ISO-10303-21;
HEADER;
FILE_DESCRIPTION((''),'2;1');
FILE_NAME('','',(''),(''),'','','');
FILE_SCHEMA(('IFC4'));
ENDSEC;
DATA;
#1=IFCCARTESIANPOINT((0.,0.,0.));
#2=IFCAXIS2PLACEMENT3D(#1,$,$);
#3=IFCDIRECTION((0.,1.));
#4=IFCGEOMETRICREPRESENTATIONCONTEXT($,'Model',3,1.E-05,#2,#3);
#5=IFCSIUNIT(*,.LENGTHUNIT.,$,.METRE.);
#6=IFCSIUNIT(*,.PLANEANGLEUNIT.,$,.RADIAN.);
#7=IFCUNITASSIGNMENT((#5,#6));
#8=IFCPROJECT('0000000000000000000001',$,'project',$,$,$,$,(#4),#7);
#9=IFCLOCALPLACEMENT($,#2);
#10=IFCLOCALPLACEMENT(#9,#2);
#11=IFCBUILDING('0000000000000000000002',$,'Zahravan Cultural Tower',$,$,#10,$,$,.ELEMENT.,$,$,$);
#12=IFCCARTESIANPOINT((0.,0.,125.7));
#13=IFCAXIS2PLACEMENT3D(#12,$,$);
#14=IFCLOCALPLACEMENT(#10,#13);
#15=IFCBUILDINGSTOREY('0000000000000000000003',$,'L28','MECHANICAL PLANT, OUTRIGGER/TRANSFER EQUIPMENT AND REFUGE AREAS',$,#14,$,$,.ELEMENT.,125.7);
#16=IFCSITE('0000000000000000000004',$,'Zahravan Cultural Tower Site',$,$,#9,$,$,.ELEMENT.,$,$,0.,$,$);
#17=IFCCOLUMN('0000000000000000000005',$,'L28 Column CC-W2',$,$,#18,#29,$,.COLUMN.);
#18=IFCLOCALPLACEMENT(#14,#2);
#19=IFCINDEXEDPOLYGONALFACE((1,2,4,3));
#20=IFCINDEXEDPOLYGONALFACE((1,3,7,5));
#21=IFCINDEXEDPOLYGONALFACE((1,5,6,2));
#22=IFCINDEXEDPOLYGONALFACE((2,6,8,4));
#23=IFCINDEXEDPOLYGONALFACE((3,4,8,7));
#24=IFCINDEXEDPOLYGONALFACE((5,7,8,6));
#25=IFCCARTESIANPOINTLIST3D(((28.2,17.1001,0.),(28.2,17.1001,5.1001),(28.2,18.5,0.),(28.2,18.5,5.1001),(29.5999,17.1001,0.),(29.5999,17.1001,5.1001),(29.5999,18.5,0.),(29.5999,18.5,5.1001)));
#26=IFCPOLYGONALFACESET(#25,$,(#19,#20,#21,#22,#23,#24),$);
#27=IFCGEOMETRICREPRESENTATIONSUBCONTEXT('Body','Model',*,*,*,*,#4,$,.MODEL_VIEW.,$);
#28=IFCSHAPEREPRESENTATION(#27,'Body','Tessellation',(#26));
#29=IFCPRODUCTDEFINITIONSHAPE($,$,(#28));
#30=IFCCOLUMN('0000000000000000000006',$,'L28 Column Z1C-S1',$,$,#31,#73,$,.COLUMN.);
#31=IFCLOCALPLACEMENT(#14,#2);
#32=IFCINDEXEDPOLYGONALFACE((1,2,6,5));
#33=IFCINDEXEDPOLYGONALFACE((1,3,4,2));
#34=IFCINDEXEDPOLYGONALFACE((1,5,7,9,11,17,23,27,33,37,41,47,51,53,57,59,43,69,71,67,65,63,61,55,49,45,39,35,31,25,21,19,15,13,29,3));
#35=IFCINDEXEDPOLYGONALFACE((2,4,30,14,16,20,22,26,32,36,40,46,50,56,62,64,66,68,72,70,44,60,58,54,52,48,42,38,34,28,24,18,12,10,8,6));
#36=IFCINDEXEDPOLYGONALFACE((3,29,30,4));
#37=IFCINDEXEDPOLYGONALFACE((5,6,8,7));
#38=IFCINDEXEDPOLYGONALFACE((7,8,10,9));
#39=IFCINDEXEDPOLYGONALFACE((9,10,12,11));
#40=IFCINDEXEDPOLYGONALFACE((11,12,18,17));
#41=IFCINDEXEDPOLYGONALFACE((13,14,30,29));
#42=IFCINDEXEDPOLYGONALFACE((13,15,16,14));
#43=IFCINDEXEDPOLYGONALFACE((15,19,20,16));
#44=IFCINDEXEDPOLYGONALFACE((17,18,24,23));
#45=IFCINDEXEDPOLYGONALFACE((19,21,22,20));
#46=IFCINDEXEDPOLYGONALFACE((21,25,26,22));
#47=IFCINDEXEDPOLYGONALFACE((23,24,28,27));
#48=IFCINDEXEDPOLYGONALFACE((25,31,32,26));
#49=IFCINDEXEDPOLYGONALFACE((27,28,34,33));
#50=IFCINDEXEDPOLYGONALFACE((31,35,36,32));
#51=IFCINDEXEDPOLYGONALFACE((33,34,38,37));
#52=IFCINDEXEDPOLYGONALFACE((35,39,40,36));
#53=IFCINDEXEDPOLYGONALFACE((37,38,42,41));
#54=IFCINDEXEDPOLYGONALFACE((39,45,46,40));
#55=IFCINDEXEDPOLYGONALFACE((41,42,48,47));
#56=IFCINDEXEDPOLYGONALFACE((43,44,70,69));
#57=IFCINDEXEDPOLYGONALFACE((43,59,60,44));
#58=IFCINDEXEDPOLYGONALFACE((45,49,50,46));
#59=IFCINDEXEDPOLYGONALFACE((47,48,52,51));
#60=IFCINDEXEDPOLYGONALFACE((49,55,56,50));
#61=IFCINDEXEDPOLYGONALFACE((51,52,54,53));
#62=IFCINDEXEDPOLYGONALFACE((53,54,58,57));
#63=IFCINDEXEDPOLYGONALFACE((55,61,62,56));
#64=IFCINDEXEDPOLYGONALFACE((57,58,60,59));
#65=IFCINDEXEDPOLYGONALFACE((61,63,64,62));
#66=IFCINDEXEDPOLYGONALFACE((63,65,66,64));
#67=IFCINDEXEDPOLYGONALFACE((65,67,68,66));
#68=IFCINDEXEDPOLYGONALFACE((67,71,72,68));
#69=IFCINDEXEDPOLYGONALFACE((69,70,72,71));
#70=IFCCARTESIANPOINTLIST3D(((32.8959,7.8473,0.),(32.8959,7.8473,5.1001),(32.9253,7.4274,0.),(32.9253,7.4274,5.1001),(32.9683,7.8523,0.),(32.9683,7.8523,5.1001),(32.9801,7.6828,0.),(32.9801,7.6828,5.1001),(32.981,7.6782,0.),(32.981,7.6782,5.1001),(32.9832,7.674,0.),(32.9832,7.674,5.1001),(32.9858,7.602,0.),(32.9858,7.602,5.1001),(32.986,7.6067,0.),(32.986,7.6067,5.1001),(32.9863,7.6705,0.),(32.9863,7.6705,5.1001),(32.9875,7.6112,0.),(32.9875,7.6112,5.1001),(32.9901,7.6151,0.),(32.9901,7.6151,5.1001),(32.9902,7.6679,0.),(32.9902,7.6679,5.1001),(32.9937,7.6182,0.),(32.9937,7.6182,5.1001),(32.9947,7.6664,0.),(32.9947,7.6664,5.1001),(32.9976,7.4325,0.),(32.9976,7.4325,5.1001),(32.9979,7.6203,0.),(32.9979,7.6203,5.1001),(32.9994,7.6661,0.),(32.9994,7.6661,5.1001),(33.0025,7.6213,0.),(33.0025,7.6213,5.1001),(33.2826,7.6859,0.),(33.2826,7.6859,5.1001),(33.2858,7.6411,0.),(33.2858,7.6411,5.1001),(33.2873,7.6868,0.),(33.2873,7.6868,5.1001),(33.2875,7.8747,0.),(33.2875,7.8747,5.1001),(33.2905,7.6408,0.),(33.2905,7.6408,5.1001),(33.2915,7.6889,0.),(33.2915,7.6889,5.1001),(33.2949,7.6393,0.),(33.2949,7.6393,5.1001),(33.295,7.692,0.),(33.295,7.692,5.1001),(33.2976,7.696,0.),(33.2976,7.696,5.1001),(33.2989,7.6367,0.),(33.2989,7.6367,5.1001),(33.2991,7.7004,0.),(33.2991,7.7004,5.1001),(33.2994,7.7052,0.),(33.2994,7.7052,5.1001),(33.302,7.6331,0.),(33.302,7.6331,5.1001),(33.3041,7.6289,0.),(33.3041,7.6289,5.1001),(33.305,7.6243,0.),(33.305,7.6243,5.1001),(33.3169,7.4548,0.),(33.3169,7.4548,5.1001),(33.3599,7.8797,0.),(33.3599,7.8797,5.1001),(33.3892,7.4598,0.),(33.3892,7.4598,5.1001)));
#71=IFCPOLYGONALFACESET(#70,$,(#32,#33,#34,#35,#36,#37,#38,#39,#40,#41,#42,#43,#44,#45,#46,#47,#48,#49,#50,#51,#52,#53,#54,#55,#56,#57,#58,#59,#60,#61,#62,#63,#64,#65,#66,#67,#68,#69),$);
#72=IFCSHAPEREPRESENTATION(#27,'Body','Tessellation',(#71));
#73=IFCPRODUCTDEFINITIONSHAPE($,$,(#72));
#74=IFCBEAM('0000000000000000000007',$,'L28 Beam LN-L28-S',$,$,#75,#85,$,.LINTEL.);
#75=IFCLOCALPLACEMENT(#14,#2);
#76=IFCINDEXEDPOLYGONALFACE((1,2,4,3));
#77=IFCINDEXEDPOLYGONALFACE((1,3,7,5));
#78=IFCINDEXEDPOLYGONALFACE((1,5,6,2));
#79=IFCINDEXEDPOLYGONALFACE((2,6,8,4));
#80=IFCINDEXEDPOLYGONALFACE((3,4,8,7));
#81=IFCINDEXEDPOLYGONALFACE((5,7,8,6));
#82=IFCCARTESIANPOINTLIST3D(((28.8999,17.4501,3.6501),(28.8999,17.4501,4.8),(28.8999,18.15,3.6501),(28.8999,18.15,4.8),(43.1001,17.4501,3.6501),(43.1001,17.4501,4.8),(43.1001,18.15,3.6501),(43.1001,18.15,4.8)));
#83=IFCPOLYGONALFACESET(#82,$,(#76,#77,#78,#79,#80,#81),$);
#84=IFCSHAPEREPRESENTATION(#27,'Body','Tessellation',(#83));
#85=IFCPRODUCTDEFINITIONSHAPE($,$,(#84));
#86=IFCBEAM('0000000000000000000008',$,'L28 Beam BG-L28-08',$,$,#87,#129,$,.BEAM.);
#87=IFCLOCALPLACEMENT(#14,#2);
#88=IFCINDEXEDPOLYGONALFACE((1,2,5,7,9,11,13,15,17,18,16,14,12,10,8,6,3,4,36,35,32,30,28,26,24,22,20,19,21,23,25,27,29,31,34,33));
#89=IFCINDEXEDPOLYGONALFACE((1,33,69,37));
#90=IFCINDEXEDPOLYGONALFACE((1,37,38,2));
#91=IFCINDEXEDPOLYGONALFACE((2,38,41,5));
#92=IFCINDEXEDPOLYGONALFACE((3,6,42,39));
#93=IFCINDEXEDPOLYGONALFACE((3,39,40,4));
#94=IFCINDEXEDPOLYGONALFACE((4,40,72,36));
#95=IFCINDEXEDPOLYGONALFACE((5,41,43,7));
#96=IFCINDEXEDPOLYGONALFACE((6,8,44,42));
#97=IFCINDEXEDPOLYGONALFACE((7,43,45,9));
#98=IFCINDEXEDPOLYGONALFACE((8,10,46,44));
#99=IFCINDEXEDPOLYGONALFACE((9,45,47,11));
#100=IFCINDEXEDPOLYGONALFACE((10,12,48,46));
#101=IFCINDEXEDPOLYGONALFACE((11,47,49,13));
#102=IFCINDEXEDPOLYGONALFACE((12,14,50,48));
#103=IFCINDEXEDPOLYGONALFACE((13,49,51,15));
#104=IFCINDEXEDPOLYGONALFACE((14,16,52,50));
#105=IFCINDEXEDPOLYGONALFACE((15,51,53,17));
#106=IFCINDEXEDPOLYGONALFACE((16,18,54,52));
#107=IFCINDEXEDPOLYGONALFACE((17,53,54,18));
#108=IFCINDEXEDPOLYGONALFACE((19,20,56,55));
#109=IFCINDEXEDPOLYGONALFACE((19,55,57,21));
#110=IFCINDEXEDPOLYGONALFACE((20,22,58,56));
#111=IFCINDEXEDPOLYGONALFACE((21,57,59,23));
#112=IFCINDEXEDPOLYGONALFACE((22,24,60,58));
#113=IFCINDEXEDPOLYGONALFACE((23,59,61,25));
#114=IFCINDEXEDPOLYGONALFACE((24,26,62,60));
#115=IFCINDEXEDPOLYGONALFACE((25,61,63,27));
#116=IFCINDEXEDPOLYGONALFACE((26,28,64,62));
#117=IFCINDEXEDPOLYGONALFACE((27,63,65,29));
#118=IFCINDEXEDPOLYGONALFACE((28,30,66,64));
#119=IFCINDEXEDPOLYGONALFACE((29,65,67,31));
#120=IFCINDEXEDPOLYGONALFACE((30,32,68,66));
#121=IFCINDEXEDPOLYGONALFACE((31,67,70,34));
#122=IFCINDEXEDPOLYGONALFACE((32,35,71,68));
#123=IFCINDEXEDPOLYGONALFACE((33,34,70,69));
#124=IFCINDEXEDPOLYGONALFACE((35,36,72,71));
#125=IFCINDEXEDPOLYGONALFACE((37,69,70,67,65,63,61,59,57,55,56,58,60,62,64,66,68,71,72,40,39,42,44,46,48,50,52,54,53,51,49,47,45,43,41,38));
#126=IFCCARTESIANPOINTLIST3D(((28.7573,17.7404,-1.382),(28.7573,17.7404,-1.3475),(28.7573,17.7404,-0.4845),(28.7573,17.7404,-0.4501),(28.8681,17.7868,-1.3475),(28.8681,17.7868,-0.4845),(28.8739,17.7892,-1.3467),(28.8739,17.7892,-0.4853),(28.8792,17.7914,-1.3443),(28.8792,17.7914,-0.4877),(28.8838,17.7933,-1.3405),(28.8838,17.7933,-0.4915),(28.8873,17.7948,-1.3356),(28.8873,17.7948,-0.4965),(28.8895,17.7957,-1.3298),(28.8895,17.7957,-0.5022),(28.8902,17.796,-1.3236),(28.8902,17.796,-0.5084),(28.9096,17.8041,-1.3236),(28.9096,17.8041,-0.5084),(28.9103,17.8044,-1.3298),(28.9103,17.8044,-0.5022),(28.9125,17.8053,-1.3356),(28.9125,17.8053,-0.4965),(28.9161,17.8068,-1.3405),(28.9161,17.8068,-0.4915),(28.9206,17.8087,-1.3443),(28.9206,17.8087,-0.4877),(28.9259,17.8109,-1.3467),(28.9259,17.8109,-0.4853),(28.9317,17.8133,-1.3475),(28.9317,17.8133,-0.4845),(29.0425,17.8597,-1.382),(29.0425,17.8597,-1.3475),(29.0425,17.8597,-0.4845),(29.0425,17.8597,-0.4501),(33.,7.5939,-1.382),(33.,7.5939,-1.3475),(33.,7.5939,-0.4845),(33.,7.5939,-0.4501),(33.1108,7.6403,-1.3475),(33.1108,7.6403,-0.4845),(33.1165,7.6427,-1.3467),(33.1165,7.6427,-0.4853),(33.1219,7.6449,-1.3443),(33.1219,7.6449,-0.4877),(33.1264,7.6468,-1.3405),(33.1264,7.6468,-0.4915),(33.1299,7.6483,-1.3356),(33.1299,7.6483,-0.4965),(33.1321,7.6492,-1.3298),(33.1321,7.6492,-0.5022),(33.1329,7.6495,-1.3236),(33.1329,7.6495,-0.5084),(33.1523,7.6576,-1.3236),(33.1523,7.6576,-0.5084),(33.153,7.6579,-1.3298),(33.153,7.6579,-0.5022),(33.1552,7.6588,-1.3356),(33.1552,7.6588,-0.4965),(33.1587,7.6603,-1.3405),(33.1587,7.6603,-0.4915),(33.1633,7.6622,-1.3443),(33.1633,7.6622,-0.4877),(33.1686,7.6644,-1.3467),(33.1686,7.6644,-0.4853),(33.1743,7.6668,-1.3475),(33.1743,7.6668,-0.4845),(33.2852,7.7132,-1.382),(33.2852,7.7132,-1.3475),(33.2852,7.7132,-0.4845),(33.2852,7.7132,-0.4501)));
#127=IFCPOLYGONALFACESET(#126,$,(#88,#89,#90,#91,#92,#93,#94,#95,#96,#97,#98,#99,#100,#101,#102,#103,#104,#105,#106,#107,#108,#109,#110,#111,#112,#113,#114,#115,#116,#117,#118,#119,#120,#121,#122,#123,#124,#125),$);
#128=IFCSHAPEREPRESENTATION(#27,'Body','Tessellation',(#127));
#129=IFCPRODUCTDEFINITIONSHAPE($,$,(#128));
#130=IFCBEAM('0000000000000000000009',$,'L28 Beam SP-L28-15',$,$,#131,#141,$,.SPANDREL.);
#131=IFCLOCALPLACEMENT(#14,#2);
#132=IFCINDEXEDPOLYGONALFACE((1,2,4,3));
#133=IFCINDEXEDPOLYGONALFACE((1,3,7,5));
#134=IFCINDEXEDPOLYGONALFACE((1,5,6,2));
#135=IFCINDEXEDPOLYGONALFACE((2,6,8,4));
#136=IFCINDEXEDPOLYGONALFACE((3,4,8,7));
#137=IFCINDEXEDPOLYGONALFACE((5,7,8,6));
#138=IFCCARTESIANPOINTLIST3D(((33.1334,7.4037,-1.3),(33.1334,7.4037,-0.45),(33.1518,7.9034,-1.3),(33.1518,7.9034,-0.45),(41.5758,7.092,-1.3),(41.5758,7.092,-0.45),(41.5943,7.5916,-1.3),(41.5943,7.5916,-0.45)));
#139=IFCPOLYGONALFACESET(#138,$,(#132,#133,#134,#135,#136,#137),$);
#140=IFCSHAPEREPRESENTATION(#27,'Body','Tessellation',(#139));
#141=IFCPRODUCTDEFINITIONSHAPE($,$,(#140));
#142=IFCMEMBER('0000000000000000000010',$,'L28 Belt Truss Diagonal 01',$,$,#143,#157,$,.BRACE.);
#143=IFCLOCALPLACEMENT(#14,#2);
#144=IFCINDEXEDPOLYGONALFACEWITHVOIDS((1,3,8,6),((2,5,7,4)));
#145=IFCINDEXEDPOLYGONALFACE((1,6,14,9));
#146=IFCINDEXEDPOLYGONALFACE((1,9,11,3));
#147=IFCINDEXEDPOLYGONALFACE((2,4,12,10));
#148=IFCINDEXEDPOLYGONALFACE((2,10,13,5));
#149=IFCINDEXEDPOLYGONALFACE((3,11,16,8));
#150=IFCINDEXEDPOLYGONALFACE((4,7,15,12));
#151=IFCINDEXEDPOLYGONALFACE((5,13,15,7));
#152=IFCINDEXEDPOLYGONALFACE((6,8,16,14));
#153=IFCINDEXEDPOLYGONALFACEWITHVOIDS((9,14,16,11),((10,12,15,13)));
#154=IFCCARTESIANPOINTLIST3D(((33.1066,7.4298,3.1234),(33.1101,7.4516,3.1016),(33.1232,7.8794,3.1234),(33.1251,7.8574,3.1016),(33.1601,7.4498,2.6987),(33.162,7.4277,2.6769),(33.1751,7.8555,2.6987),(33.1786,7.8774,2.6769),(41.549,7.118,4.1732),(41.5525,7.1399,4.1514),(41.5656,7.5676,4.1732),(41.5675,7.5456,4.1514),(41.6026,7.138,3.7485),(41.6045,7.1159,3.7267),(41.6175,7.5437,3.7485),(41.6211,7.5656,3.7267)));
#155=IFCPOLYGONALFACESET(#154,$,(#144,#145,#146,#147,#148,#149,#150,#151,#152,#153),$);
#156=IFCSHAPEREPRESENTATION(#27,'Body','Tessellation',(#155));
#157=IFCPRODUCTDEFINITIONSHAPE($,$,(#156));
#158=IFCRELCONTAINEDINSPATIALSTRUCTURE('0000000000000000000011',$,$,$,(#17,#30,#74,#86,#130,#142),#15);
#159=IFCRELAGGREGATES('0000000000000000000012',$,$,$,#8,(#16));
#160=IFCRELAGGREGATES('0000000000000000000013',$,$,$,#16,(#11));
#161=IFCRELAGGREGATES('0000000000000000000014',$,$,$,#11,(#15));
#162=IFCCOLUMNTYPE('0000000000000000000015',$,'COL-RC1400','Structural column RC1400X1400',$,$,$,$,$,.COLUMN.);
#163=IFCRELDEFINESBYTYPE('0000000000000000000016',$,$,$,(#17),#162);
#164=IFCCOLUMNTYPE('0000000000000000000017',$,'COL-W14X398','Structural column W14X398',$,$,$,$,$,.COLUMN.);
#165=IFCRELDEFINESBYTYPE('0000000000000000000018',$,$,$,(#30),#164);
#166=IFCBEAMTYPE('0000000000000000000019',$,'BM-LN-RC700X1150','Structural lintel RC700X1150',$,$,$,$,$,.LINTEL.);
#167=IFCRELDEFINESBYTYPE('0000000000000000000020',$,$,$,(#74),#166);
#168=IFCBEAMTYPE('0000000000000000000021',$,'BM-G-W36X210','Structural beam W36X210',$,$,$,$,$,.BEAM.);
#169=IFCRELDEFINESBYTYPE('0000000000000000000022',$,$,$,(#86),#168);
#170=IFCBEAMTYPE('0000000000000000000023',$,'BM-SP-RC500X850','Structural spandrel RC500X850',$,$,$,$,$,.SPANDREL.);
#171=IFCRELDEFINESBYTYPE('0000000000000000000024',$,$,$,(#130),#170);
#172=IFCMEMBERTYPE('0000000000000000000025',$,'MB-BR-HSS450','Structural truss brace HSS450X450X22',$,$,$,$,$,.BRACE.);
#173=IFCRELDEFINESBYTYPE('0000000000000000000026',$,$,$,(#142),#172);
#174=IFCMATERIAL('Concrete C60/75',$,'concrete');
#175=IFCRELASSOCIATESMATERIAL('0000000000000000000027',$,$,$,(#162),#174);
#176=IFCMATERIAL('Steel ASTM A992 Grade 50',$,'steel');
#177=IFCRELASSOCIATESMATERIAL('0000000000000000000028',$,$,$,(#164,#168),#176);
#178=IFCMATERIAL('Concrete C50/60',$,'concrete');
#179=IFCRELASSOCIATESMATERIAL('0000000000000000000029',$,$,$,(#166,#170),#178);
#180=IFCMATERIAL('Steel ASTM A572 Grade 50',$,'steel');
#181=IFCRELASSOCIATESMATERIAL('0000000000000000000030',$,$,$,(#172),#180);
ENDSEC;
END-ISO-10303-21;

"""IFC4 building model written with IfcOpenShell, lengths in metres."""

from ifc_helpers import new_model, si_unit, direction, frame, origin, origin_2d, place, context, subcontext, project, spatial, rectangle, hollow_rectangle, i_section, extrude, source, transform, mapped, material, material_profile, profile_set, type_object, element, save


model = new_model("IFC4")

# Units and contexts
model_context = context("Model", 3, precision=1e-05, world=origin(), true_north=direction((0.0, 1.0)))
body_context = subcontext(model_context, "Body", "Model", "MODEL_VIEW")
ifc_project = project(units=[si_unit("LENGTHUNIT", "METRE"), si_unit("PLANEANGLEUNIT", "RADIAN")], contexts=[model_context])

# Site, building, storey
site_placement = place(None, origin())
site = spatial("IfcSite", under=ifc_project, at=site_placement, Name="Zahravan Cultural Tower Site", CompositionType="ELEMENT", RefElevation=0.0)
building_placement = place(site_placement, origin())
building = spatial("IfcBuilding", under=site, at=building_placement, Name="Zahravan Cultural Tower", CompositionType="ELEMENT")
storey_placement = place(building_placement, frame((0.0, 0.0, 125.7)))
storey = spatial("IfcBuildingStorey", under=building, at=storey_placement, Name="L28", Description="MECHANICAL PLANT, OUTRIGGER/TRANSFER EQUIPMENT AND REFUGE AREAS", CompositionType="ELEMENT", Elevation=125.7)

# Columns
ifc_material_1 = material(Name="Concrete C60/75", Category="concrete")
ifc_material_profile_1 = material_profile(ifc_material_1, rectangle(XDim=1.3999, YDim=1.3999, at=origin_2d()), Name="RC1400X1400")
ifc_profile_set_1 = profile_set([ifc_material_profile_1], Name="Concrete C60/75")
column_type_1 = type_object("IfcColumnType", Name="COL-RC1400", Description="Structural column RC1400X1400", PredefinedType="COLUMN", material=ifc_profile_set_1)
shared_shape_1 = source(origin(), body_context, "Body", "SweptSolid", [
    extrude(rectangle(XDim=1.3999, YDim=1.3999, at=origin_2d()), origin(), (0.0, 0.0, 1.0), 5.1001),
])
column_1_placement = place(storey_placement, frame((28.8999, 17.8, 0.0), z_axis=(0.0, 0.0, 1.0), x_axis=(1.0, 0.0, 0.0)))
element("IfcColumn", 1, at=column_1_placement, inside=storey, type_object=column_type_1, Name="L28 Column CC-W2", PredefinedType="COLUMN", context=body_context, shape_type="MappedRepresentation", body=[
    mapped(shared_shape_1, transform((0.0, 0.0, 0.0), x_axis=(1.0, 0.0, 0.0), y_axis=(0.0, 1.0, 0.0), z_axis=(0.0, 0.0, 1.0), scale=1.0)),
])
ifc_material_2 = material(Name="Steel ASTM A992 Grade 50", Category="steel")
ifc_material_profile_2 = material_profile(ifc_material_2, i_section(OverallWidth=0.4209, OverallDepth=0.4651, WebThickness=0.0449, FlangeThickness=0.0725, FilletRadius=0.0181, at=origin_2d()), Name="W14X398")
ifc_profile_set_2 = profile_set([ifc_material_profile_2], Name="Steel ASTM A992 Grade 50")
column_type_2 = type_object("IfcColumnType", Name="COL-W14X398", Description="Structural column W14X398", PredefinedType="COLUMN", material=ifc_profile_set_2)
shared_shape_2 = source(origin(), body_context, "Body", "SweptSolid", [
    extrude(i_section(OverallWidth=0.4209, OverallDepth=0.4651, WebThickness=0.0449, FlangeThickness=0.0725, FilletRadius=0.0181, at=origin_2d()), origin(), (0.0, 0.0, 1.0), 5.1001),
])
column_2_placement = place(storey_placement, frame((33.1426, 7.6536, 0.0), z_axis=(0.0, 0.0, 1.0), x_axis=(-0.069756, 0.997564, 0.0)))
element("IfcColumn", 2, at=column_2_placement, inside=storey, type_object=column_type_2, Name="L28 Column Z1C-S1", PredefinedType="COLUMN", context=body_context, shape_type="MappedRepresentation", body=[
    mapped(shared_shape_2, transform((0.0, 0.0, 0.0), x_axis=(1.0, 0.0, 0.0), y_axis=(0.0, 1.0, 0.0), z_axis=(0.0, 0.0, 1.0), scale=1.0)),
])

# Beams
ifc_material_3 = material(Name="Concrete C50/60", Category="concrete")
ifc_material_profile_3 = material_profile(ifc_material_3, rectangle(XDim=0.7, YDim=1.1499, at=origin_2d()), Name="RC700X1150")
ifc_profile_set_3 = profile_set([ifc_material_profile_3], Name="Concrete C50/60")
beam_type_1 = type_object("IfcBeamType", Name="BM-LN-RC700X1150", Description="Structural lintel RC700X1150", PredefinedType="LINTEL", material=ifc_profile_set_3)
shared_shape_3 = source(origin(), body_context, "Body", "SweptSolid", [
    extrude(rectangle(XDim=0.7, YDim=1.1499, at=origin_2d()), origin(), (0.0, 0.0, 1.0), 14.2002),
])
beam_1_placement = place(storey_placement, frame((28.8999, 17.8, 4.2251), z_axis=(1.0, 0.0, 0.0), x_axis=(0.0, 1.0, 0.0)))
element("IfcBeam", 3, at=beam_1_placement, inside=storey, type_object=beam_type_1, Name="L28 Beam LN-L28-S", PredefinedType="LINTEL", context=body_context, shape_type="MappedRepresentation", body=[
    mapped(shared_shape_3, transform((0.0, 0.0, 0.0), x_axis=(1.0, 0.0, 0.0), y_axis=(0.0, 1.0, 0.0), z_axis=(0.0, 0.0, 1.0), scale=1.0)),
])
ifc_material_profile_4 = material_profile(ifc_material_2, i_section(OverallWidth=0.3091, OverallDepth=0.9319, WebThickness=0.021, FlangeThickness=0.0344, FilletRadius=0.0239, at=origin_2d()), Name="W36X210")
ifc_profile_set_4 = profile_set([ifc_material_profile_4], Name="Steel ASTM A992 Grade 50")
beam_type_2 = type_object("IfcBeamType", Name="BM-G-W36X210", Description="Structural beam W36X210", PredefinedType="BEAM", material=ifc_profile_set_4)
shared_shape_4 = source(origin(), body_context, "Body", "SweptSolid", [
    extrude(i_section(OverallWidth=0.3091, OverallDepth=0.9319, WebThickness=0.021, FlangeThickness=0.0344, FilletRadius=0.0239, at=origin_2d()), origin(), (0.0, 0.0, 1.0), 10.9978),
])
beam_2_placement = place(storey_placement, frame((28.8999, 17.8, -0.916), z_axis=(0.385775, -0.922593, 0.0), x_axis=(0.922593, 0.385775, 0.0)))
element("IfcBeam", 4, at=beam_2_placement, inside=storey, type_object=beam_type_2, Name="L28 Beam BG-L28-08", PredefinedType="BEAM", context=body_context, shape_type="MappedRepresentation", body=[
    mapped(shared_shape_4, transform((0.0, 0.0, 0.0), x_axis=(1.0, 0.0, 0.0), y_axis=(0.0, 1.0, 0.0), z_axis=(0.0, 0.0, 1.0), scale=1.0)),
])
ifc_material_profile_5 = material_profile(ifc_material_3, rectangle(XDim=0.5, YDim=0.8501, at=origin_2d()), Name="RC500X850")
ifc_profile_set_5 = profile_set([ifc_material_profile_5], Name="Concrete C50/60")
beam_type_3 = type_object("IfcBeamType", Name="BM-SP-RC500X850", Description="Structural spandrel RC500X850", PredefinedType="SPANDREL", material=ifc_profile_set_5)
shared_shape_5 = source(origin(), body_context, "Body", "SweptSolid", [
    extrude(rectangle(XDim=0.5, YDim=0.8501, at=origin_2d()), origin(), (0.0, 0.0, 1.0), 8.4482),
])
beam_3_placement = place(storey_placement, frame((33.1426, 7.6536, -0.875), z_axis=(0.999319, -0.036904, 0.0), x_axis=(0.036904, 0.999319, 0.0)))
element("IfcBeam", 5, at=beam_3_placement, inside=storey, type_object=beam_type_3, Name="L28 Beam SP-L28-15", PredefinedType="SPANDREL", context=body_context, shape_type="MappedRepresentation", body=[
    mapped(shared_shape_5, transform((0.0, 0.0, 0.0), x_axis=(1.0, 0.0, 0.0), y_axis=(0.0, 1.0, 0.0), z_axis=(0.0, 0.0, 1.0), scale=1.0)),
])

# Member
ifc_material_4 = material(Name="Steel ASTM A572 Grade 50", Category="steel")
ifc_material_profile_6 = material_profile(ifc_material_4, hollow_rectangle(XDim=0.45, YDim=0.45, WallThickness=0.022, at=origin_2d()), Name="HSS450X450X22")
ifc_profile_set_6 = profile_set([ifc_material_profile_6], Name="Steel ASTM A572 Grade 50")
member_type_1 = type_object("IfcMemberType", Name="MB-BR-HSS450", Description="Structural truss brace HSS450X450X22", PredefinedType="BRACE", material=ifc_profile_set_6)
shared_shape_6 = source(origin(), body_context, "Body", "SweptSolid", [
    extrude(hollow_rectangle(XDim=0.45, YDim=0.45, WallThickness=0.022, at=origin_2d()), origin(), (0.0, 0.0, 1.0), 8.5132),
])
member_1_placement = place(storey_placement, frame((33.1426, 7.6536, 2.9001), z_axis=(0.991691, -0.036622, 0.123316), x_axis=(0.036904, 0.999319, 0.0)))
element("IfcMember", 6, at=member_1_placement, inside=storey, type_object=member_type_1, Name="L28 Belt Truss Diagonal 01", PredefinedType="BRACE", context=body_context, shape_type="MappedRepresentation", body=[
    mapped(shared_shape_6, transform((0.0, 0.0, 0.0), x_axis=(1.0, 0.0, 0.0), y_axis=(0.0, 1.0, 0.0), z_axis=(0.0, 0.0, 1.0), scale=1.0)),
])

save(model, "model.ifc")
